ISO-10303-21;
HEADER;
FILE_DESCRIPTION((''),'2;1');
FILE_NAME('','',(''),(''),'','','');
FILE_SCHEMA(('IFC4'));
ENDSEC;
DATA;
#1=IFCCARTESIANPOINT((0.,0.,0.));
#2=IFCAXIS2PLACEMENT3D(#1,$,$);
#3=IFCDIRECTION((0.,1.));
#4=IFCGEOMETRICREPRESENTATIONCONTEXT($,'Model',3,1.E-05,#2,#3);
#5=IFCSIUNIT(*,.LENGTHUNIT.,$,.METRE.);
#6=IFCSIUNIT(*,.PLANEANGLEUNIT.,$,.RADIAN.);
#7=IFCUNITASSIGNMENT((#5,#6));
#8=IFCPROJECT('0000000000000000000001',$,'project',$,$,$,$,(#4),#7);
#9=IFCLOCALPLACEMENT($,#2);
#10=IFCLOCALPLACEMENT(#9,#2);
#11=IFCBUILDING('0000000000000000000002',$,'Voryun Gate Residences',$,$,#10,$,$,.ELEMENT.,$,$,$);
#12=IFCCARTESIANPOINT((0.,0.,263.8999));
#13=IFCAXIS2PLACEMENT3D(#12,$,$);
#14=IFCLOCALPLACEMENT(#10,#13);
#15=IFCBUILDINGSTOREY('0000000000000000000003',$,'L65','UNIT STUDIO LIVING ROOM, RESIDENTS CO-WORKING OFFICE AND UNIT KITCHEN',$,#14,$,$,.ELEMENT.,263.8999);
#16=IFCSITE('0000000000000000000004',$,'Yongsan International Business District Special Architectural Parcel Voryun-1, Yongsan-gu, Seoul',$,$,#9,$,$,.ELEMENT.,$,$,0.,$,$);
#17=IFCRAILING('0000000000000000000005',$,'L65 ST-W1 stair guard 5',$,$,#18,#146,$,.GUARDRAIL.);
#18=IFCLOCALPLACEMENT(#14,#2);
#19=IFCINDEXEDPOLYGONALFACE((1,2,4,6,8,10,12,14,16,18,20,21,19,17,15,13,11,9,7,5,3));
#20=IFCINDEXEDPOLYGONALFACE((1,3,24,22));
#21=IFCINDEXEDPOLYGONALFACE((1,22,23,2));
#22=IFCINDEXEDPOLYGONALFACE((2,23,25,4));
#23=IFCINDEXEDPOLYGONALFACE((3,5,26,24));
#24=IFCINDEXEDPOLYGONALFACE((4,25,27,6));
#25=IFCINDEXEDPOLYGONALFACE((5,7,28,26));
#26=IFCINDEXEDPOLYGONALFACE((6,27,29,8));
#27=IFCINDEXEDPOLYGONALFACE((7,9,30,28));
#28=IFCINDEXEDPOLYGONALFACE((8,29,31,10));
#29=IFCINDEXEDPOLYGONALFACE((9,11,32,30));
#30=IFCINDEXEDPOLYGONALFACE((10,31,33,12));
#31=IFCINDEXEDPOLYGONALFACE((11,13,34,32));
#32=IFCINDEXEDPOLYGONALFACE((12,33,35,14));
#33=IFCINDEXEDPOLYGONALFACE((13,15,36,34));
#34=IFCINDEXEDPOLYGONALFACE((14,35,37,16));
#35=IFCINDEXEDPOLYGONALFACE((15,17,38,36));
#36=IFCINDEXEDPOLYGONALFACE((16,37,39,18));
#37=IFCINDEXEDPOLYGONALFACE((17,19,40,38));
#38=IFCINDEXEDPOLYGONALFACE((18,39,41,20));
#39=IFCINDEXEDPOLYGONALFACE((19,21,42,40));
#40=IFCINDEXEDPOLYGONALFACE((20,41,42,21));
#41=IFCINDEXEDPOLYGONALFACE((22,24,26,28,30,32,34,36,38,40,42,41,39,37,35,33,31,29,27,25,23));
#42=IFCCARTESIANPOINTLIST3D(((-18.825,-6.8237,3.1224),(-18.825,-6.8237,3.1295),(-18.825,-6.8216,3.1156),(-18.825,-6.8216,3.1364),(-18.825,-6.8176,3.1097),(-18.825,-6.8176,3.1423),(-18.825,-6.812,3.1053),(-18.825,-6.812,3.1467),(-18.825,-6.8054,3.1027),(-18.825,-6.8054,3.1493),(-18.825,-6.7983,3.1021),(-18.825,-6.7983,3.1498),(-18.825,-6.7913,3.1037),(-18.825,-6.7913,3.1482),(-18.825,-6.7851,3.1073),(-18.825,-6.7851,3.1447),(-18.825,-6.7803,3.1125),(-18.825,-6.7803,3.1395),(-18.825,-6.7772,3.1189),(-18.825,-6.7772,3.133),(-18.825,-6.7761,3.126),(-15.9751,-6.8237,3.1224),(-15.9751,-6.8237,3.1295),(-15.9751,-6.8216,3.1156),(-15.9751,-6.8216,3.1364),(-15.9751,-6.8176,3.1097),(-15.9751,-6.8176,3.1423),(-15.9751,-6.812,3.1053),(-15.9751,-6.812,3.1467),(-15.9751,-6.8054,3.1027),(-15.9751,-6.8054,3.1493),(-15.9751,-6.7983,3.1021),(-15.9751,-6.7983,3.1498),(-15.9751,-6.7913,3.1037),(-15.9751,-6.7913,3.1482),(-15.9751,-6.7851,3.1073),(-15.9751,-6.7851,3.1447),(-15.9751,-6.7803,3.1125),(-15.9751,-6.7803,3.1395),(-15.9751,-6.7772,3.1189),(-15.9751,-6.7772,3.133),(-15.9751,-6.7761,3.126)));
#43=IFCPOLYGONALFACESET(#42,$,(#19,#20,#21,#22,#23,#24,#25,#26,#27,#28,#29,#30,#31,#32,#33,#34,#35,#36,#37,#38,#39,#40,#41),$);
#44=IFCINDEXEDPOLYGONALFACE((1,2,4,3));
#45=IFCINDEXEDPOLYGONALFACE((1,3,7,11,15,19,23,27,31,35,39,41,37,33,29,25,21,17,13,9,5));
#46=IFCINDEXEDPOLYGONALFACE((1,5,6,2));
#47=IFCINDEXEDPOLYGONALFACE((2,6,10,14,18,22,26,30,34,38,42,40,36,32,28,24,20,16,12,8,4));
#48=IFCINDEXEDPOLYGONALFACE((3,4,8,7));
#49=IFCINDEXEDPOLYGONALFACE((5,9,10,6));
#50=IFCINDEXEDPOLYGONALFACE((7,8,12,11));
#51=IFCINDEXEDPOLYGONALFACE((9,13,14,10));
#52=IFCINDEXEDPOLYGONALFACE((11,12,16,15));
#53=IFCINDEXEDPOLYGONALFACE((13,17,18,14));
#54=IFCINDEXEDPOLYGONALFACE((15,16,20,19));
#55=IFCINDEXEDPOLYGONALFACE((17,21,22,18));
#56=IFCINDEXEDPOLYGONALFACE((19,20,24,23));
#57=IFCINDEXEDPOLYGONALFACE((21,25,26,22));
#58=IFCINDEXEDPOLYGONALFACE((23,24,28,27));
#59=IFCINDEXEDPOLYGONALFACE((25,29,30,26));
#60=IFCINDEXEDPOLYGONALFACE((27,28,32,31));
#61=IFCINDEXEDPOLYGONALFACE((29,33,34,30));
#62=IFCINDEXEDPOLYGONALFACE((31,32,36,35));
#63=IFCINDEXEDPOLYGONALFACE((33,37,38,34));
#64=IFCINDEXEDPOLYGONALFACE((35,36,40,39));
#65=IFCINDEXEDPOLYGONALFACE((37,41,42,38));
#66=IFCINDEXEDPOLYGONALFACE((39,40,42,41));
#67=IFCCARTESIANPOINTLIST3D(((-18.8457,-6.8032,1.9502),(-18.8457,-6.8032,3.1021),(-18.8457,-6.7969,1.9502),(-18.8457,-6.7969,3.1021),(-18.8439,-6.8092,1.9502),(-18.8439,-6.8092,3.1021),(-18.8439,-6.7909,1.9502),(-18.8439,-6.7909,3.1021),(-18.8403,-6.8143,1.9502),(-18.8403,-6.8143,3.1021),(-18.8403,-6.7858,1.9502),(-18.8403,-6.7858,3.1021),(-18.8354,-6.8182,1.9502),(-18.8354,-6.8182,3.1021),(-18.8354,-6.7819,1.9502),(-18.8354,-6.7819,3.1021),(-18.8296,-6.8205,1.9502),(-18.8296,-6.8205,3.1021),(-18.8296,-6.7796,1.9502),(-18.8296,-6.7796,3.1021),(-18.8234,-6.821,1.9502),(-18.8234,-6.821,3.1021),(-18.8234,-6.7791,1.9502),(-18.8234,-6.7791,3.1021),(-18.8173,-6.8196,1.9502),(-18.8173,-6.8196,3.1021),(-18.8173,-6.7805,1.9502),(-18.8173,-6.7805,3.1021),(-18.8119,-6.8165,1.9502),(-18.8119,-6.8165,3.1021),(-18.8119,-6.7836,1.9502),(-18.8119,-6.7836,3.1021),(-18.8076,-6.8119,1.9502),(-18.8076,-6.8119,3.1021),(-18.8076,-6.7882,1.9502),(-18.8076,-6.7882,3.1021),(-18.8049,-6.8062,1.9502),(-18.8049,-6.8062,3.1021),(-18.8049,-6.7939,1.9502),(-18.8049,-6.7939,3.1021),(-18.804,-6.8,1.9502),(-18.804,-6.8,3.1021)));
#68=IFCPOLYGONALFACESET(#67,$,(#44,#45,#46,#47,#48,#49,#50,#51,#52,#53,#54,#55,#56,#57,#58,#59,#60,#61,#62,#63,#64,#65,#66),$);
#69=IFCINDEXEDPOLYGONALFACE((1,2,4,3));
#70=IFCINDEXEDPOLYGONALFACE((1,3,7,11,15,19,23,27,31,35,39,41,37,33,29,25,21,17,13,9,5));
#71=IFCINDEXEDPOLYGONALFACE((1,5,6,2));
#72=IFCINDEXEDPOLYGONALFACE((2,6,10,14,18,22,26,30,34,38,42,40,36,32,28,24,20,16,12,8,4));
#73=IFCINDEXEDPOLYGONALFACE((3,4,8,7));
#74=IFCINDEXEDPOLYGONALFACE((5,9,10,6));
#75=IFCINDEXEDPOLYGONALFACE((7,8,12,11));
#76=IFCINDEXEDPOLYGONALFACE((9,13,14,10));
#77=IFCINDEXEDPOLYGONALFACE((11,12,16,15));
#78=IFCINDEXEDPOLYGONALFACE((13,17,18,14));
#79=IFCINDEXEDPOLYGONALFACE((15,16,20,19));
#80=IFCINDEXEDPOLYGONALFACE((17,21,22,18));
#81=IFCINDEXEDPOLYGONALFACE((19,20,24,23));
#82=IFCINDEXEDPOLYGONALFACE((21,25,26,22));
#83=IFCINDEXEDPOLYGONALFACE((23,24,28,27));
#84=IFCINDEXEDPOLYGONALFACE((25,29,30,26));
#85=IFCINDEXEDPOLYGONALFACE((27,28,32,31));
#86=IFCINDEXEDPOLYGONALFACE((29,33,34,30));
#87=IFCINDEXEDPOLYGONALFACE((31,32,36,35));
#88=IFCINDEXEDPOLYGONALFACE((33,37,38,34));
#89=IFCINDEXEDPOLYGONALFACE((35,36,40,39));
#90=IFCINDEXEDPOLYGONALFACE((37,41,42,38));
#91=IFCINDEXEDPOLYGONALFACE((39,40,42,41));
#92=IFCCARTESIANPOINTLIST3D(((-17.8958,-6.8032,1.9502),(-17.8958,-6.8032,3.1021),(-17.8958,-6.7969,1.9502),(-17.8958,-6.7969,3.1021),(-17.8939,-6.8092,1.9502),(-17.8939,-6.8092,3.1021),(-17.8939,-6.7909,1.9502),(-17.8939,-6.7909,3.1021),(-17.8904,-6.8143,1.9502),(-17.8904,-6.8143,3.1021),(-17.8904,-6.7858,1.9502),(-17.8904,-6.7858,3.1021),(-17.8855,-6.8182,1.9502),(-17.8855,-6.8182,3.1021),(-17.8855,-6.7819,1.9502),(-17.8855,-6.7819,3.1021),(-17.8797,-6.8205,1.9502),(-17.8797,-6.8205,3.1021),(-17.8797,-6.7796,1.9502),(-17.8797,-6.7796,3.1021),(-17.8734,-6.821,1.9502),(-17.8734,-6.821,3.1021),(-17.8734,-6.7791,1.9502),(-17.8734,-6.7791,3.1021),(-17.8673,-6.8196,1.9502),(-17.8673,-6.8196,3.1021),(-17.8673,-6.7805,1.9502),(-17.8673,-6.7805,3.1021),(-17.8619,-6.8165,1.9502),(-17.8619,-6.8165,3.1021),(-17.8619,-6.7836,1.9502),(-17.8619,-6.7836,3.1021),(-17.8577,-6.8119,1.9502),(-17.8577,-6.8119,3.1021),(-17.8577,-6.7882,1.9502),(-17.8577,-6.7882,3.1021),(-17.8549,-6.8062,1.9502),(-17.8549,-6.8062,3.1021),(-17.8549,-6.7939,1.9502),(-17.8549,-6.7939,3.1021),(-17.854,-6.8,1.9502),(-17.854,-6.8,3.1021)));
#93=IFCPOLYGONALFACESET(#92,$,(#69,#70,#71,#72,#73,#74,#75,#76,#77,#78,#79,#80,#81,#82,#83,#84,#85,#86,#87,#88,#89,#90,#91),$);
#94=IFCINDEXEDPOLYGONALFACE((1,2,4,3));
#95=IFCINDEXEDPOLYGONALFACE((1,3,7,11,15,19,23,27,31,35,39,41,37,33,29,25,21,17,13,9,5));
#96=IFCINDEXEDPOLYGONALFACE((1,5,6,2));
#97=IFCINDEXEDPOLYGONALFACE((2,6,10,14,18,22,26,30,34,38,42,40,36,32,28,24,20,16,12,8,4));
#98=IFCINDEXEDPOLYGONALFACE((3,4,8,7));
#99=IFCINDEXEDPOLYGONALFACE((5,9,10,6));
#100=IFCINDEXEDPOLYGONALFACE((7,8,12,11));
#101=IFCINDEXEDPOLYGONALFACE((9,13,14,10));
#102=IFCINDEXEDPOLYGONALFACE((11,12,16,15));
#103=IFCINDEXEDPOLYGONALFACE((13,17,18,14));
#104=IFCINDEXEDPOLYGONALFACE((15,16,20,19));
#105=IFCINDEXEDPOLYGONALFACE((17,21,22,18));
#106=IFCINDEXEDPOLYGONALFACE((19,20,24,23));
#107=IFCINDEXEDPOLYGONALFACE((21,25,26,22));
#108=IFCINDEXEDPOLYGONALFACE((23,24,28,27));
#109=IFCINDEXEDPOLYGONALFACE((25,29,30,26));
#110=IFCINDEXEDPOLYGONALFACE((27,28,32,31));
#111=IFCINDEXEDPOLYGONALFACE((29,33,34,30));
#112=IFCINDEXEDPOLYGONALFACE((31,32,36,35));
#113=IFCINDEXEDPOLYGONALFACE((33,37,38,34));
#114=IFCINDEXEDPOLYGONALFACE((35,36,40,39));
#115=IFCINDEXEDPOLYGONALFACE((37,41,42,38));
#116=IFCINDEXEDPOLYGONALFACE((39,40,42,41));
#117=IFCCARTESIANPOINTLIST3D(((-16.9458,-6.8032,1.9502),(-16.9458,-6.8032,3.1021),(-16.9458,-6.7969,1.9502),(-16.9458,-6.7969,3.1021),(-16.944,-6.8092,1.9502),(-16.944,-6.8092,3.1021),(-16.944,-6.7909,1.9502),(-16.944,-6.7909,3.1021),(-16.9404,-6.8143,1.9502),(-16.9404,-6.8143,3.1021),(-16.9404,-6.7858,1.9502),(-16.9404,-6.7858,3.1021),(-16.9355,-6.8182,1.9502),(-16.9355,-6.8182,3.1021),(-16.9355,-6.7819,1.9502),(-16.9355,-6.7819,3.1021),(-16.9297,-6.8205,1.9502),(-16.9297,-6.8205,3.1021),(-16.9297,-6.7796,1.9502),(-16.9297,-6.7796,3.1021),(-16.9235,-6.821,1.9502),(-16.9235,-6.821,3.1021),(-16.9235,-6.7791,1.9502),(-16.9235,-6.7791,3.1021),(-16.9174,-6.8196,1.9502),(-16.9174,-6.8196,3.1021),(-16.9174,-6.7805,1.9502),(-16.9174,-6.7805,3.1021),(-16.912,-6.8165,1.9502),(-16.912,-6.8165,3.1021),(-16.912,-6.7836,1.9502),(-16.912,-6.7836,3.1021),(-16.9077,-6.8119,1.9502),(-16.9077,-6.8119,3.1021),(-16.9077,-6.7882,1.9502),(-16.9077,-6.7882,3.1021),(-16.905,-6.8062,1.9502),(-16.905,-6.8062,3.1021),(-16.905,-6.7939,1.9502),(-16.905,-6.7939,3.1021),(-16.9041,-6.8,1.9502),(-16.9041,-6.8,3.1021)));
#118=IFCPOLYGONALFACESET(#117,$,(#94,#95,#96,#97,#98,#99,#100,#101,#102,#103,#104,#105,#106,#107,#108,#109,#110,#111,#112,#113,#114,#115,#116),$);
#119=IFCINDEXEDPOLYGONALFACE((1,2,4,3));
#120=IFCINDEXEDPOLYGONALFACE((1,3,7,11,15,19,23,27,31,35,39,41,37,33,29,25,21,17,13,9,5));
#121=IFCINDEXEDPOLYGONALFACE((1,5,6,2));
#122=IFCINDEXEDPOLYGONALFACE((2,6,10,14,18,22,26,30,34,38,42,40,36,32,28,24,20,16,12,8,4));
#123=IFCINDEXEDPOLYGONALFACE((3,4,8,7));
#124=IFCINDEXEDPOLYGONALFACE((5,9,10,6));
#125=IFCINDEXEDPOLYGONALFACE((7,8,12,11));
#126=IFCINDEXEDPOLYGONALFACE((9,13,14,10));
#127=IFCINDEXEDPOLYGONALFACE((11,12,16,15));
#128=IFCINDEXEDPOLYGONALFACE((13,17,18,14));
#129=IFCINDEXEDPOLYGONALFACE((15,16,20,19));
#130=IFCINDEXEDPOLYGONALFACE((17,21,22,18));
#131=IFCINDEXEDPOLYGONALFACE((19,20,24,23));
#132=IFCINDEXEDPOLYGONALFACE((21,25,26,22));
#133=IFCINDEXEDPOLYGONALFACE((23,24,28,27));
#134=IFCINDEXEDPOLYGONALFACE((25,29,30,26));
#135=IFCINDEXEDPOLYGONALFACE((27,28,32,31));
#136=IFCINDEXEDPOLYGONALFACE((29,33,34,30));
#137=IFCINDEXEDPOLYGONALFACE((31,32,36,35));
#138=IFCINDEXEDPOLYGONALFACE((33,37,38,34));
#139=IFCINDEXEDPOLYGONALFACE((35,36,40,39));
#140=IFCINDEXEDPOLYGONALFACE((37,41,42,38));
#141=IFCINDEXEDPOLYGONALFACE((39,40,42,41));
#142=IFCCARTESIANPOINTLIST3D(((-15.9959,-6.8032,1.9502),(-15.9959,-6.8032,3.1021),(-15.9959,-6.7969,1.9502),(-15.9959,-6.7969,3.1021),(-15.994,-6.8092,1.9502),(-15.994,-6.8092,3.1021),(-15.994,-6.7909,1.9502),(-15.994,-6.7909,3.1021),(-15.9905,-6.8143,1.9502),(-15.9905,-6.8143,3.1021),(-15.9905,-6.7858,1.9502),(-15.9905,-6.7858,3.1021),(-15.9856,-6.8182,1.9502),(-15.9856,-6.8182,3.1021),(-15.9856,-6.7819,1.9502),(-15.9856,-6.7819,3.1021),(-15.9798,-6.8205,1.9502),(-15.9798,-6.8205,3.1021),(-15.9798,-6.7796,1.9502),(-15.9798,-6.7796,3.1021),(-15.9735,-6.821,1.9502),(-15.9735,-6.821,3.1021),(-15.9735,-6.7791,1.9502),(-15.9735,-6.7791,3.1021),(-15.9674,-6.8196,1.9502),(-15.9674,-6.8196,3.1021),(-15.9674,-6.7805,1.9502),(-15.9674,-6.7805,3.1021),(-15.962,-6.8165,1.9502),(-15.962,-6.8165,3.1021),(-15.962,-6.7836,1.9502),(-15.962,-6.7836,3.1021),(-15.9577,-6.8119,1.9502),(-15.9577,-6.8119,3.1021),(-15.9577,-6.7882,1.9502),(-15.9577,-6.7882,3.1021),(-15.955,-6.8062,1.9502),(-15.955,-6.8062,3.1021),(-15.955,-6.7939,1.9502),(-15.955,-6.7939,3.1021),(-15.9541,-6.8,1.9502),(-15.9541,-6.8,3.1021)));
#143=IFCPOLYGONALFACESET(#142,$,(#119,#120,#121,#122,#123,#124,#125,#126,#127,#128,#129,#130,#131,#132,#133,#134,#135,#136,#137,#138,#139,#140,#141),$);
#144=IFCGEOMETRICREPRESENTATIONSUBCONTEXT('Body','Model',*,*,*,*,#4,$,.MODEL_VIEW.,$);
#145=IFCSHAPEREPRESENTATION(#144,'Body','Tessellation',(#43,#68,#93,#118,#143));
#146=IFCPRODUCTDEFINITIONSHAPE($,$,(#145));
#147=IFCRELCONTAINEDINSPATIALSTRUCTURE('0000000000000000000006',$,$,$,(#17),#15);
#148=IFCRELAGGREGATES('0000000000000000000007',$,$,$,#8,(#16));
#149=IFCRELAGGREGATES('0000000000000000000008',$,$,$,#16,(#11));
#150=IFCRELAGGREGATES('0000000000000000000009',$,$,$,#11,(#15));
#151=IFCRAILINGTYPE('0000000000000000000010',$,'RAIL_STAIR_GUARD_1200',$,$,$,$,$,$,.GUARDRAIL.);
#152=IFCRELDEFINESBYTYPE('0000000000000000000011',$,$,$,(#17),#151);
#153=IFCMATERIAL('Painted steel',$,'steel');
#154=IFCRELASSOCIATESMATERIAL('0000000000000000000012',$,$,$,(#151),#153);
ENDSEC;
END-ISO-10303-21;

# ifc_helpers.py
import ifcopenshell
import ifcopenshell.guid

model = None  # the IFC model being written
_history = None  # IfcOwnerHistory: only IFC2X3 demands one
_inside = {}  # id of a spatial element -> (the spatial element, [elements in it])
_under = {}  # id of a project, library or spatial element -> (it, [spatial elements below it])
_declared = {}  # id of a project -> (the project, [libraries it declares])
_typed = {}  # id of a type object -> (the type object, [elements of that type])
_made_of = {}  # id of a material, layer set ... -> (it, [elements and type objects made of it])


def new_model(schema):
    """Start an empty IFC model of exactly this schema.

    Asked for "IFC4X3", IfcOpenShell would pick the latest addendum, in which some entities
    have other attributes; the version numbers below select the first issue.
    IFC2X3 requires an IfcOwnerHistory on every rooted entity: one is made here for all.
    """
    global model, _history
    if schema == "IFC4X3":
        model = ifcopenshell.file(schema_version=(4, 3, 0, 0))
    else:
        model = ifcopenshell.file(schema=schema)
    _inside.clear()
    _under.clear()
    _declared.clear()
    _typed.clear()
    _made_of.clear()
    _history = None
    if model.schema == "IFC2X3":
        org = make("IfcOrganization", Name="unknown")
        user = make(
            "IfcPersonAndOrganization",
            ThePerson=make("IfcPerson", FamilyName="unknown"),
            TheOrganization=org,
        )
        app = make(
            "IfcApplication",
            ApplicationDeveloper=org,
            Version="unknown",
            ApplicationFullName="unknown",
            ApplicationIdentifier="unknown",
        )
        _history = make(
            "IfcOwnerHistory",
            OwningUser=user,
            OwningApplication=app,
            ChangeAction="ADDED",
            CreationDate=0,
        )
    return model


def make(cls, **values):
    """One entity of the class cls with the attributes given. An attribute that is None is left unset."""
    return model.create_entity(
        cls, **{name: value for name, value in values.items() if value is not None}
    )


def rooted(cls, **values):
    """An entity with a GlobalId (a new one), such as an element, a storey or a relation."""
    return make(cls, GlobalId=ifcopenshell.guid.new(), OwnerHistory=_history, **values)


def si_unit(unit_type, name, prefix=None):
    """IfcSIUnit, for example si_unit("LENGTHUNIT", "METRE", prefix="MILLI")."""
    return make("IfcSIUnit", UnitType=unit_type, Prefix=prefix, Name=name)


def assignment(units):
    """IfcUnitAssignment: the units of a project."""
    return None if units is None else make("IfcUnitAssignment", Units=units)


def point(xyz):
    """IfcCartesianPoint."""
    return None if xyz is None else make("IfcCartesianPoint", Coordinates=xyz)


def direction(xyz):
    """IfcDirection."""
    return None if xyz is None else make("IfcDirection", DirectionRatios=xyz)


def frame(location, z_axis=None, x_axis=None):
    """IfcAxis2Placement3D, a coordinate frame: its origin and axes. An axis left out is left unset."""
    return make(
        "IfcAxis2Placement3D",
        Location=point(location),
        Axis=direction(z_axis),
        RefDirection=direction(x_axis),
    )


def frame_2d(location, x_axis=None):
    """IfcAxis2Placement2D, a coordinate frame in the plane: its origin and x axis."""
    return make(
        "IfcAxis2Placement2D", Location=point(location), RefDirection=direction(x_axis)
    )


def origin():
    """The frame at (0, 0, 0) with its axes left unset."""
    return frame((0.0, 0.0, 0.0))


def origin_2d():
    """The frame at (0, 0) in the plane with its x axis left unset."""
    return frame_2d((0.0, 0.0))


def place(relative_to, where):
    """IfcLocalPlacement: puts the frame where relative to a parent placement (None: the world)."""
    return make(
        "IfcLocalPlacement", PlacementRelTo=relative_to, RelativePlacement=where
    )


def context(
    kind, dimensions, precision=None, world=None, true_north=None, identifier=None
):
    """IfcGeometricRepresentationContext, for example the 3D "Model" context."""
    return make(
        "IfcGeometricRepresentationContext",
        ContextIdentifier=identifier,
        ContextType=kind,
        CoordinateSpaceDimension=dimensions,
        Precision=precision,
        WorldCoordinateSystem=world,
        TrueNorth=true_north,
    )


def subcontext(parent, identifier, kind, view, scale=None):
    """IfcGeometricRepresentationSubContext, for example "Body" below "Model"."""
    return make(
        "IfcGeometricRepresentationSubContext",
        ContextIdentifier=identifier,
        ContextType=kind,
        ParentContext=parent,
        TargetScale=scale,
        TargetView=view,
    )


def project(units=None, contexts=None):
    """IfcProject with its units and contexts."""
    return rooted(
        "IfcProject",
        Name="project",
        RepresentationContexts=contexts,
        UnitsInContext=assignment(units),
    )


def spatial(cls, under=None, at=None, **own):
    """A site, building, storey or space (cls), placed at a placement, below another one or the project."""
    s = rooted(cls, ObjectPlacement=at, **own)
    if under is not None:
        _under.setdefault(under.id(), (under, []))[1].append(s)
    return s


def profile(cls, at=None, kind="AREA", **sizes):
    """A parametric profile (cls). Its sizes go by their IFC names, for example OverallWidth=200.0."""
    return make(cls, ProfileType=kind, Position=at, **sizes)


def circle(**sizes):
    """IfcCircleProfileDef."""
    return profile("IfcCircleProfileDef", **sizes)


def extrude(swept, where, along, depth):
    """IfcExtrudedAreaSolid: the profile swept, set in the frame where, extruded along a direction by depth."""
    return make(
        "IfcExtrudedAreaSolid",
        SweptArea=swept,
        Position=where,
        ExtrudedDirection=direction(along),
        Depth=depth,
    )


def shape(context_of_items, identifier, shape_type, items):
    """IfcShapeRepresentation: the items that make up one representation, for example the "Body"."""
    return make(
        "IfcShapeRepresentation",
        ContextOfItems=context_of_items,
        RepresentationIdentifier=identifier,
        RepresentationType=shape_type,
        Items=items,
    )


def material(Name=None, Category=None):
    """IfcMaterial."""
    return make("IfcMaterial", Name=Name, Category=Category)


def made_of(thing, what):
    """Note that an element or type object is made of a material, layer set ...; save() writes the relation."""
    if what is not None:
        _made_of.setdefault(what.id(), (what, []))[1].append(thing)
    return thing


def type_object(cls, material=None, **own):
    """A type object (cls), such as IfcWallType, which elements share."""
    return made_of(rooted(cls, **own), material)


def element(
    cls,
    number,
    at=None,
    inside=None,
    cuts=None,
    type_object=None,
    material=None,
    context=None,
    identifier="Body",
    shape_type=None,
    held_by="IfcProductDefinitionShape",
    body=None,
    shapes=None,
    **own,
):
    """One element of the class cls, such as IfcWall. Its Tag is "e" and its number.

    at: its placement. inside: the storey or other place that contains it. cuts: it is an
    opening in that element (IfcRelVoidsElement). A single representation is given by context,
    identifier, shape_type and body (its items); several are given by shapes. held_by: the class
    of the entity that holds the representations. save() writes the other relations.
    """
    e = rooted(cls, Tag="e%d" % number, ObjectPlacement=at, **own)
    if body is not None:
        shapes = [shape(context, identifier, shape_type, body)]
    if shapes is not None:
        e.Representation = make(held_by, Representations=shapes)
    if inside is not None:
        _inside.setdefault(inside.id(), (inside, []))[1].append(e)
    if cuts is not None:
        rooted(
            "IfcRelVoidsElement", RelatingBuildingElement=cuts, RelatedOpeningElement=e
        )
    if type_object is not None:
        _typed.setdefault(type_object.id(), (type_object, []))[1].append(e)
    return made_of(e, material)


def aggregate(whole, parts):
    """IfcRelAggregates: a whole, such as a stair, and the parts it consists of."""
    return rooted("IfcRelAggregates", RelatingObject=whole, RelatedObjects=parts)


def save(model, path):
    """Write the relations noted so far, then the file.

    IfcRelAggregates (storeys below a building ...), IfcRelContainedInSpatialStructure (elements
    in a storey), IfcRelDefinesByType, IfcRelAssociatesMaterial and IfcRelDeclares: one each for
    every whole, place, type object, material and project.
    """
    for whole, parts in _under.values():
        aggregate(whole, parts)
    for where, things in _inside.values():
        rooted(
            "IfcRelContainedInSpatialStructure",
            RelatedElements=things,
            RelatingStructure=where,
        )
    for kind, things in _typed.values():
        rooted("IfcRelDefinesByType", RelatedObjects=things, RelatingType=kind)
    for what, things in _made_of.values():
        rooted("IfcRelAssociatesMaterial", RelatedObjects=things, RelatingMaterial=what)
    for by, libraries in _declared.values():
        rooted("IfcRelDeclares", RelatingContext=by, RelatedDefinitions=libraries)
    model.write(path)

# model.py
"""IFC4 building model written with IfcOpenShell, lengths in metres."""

from ifc_helpers import new_model, si_unit, direction, frame, origin, origin_2d, place, context, subcontext, project, spatial, circle, extrude, material, type_object, element, save


model = new_model("IFC4")

# Units and contexts
model_context = context("Model", 3, precision=1e-05, world=origin(), true_north=direction((0.0, 1.0)))
body_context = subcontext(model_context, "Body", "Model", "MODEL_VIEW")
ifc_project = project(units=[si_unit("LENGTHUNIT", "METRE"), si_unit("PLANEANGLEUNIT", "RADIAN")], contexts=[model_context])

# Site, building, storey
site_placement = place(None, origin())
site = spatial("IfcSite", under=ifc_project, at=site_placement, Name="Yongsan International Business District Special Architectural Parcel Voryun-1, Yongsan-gu, Seoul", CompositionType="ELEMENT", RefElevation=0.0)
building_placement = place(site_placement, origin())
building = spatial("IfcBuilding", under=site, at=building_placement, Name="Voryun Gate Residences", CompositionType="ELEMENT")
storey_placement = place(building_placement, frame((0.0, 0.0, 263.8999)))
storey = spatial("IfcBuildingStorey", under=building, at=storey_placement, Name="L65", Description="UNIT STUDIO LIVING ROOM, RESIDENTS CO-WORKING OFFICE AND UNIT KITCHEN", CompositionType="ELEMENT", Elevation=263.8999)

# Railing
ifc_material_1 = material(Name="Painted steel", Category="steel")
railing_type_1 = type_object("IfcRailingType", Name="RAIL_STAIR_GUARD_1200", PredefinedType="GUARDRAIL", material=ifc_material_1)
railing_1_placement = place(storey_placement, frame((-18.825, -6.8, 1.9502)))
element("IfcRailing", 1, at=railing_1_placement, inside=storey, type_object=railing_type_1, Name="L65 ST-W1 stair guard 5", PredefinedType="GUARDRAIL", context=body_context, shape_type="SweptSolid", body=[
    extrude(circle(Radius=0.0239, at=origin_2d()), frame((0.0, 0.0, 1.1758), z_axis=(1.0, 0.0, 0.0), x_axis=(0.0, 1.0, 0.0)), (0.0, 0.0, 1.0), 2.8499),
    extrude(circle(Radius=0.021, at=origin_2d()), origin(), (0.0, 0.0, 1.0), 1.1519),
    extrude(circle(Radius=0.021, at=origin_2d()), frame((0.95, 0.0, 0.0)), (0.0, 0.0, 1.0), 1.1519),
    extrude(circle(Radius=0.021, at=origin_2d()), frame((1.8999, 0.0, 0.0)), (0.0, 0.0, 1.0), 1.1519),
    extrude(circle(Radius=0.021, at=origin_2d()), frame((2.8499, 0.0, 0.0)), (0.0, 0.0, 1.0), 1.1519),
])

save(model, "model.ifc")
